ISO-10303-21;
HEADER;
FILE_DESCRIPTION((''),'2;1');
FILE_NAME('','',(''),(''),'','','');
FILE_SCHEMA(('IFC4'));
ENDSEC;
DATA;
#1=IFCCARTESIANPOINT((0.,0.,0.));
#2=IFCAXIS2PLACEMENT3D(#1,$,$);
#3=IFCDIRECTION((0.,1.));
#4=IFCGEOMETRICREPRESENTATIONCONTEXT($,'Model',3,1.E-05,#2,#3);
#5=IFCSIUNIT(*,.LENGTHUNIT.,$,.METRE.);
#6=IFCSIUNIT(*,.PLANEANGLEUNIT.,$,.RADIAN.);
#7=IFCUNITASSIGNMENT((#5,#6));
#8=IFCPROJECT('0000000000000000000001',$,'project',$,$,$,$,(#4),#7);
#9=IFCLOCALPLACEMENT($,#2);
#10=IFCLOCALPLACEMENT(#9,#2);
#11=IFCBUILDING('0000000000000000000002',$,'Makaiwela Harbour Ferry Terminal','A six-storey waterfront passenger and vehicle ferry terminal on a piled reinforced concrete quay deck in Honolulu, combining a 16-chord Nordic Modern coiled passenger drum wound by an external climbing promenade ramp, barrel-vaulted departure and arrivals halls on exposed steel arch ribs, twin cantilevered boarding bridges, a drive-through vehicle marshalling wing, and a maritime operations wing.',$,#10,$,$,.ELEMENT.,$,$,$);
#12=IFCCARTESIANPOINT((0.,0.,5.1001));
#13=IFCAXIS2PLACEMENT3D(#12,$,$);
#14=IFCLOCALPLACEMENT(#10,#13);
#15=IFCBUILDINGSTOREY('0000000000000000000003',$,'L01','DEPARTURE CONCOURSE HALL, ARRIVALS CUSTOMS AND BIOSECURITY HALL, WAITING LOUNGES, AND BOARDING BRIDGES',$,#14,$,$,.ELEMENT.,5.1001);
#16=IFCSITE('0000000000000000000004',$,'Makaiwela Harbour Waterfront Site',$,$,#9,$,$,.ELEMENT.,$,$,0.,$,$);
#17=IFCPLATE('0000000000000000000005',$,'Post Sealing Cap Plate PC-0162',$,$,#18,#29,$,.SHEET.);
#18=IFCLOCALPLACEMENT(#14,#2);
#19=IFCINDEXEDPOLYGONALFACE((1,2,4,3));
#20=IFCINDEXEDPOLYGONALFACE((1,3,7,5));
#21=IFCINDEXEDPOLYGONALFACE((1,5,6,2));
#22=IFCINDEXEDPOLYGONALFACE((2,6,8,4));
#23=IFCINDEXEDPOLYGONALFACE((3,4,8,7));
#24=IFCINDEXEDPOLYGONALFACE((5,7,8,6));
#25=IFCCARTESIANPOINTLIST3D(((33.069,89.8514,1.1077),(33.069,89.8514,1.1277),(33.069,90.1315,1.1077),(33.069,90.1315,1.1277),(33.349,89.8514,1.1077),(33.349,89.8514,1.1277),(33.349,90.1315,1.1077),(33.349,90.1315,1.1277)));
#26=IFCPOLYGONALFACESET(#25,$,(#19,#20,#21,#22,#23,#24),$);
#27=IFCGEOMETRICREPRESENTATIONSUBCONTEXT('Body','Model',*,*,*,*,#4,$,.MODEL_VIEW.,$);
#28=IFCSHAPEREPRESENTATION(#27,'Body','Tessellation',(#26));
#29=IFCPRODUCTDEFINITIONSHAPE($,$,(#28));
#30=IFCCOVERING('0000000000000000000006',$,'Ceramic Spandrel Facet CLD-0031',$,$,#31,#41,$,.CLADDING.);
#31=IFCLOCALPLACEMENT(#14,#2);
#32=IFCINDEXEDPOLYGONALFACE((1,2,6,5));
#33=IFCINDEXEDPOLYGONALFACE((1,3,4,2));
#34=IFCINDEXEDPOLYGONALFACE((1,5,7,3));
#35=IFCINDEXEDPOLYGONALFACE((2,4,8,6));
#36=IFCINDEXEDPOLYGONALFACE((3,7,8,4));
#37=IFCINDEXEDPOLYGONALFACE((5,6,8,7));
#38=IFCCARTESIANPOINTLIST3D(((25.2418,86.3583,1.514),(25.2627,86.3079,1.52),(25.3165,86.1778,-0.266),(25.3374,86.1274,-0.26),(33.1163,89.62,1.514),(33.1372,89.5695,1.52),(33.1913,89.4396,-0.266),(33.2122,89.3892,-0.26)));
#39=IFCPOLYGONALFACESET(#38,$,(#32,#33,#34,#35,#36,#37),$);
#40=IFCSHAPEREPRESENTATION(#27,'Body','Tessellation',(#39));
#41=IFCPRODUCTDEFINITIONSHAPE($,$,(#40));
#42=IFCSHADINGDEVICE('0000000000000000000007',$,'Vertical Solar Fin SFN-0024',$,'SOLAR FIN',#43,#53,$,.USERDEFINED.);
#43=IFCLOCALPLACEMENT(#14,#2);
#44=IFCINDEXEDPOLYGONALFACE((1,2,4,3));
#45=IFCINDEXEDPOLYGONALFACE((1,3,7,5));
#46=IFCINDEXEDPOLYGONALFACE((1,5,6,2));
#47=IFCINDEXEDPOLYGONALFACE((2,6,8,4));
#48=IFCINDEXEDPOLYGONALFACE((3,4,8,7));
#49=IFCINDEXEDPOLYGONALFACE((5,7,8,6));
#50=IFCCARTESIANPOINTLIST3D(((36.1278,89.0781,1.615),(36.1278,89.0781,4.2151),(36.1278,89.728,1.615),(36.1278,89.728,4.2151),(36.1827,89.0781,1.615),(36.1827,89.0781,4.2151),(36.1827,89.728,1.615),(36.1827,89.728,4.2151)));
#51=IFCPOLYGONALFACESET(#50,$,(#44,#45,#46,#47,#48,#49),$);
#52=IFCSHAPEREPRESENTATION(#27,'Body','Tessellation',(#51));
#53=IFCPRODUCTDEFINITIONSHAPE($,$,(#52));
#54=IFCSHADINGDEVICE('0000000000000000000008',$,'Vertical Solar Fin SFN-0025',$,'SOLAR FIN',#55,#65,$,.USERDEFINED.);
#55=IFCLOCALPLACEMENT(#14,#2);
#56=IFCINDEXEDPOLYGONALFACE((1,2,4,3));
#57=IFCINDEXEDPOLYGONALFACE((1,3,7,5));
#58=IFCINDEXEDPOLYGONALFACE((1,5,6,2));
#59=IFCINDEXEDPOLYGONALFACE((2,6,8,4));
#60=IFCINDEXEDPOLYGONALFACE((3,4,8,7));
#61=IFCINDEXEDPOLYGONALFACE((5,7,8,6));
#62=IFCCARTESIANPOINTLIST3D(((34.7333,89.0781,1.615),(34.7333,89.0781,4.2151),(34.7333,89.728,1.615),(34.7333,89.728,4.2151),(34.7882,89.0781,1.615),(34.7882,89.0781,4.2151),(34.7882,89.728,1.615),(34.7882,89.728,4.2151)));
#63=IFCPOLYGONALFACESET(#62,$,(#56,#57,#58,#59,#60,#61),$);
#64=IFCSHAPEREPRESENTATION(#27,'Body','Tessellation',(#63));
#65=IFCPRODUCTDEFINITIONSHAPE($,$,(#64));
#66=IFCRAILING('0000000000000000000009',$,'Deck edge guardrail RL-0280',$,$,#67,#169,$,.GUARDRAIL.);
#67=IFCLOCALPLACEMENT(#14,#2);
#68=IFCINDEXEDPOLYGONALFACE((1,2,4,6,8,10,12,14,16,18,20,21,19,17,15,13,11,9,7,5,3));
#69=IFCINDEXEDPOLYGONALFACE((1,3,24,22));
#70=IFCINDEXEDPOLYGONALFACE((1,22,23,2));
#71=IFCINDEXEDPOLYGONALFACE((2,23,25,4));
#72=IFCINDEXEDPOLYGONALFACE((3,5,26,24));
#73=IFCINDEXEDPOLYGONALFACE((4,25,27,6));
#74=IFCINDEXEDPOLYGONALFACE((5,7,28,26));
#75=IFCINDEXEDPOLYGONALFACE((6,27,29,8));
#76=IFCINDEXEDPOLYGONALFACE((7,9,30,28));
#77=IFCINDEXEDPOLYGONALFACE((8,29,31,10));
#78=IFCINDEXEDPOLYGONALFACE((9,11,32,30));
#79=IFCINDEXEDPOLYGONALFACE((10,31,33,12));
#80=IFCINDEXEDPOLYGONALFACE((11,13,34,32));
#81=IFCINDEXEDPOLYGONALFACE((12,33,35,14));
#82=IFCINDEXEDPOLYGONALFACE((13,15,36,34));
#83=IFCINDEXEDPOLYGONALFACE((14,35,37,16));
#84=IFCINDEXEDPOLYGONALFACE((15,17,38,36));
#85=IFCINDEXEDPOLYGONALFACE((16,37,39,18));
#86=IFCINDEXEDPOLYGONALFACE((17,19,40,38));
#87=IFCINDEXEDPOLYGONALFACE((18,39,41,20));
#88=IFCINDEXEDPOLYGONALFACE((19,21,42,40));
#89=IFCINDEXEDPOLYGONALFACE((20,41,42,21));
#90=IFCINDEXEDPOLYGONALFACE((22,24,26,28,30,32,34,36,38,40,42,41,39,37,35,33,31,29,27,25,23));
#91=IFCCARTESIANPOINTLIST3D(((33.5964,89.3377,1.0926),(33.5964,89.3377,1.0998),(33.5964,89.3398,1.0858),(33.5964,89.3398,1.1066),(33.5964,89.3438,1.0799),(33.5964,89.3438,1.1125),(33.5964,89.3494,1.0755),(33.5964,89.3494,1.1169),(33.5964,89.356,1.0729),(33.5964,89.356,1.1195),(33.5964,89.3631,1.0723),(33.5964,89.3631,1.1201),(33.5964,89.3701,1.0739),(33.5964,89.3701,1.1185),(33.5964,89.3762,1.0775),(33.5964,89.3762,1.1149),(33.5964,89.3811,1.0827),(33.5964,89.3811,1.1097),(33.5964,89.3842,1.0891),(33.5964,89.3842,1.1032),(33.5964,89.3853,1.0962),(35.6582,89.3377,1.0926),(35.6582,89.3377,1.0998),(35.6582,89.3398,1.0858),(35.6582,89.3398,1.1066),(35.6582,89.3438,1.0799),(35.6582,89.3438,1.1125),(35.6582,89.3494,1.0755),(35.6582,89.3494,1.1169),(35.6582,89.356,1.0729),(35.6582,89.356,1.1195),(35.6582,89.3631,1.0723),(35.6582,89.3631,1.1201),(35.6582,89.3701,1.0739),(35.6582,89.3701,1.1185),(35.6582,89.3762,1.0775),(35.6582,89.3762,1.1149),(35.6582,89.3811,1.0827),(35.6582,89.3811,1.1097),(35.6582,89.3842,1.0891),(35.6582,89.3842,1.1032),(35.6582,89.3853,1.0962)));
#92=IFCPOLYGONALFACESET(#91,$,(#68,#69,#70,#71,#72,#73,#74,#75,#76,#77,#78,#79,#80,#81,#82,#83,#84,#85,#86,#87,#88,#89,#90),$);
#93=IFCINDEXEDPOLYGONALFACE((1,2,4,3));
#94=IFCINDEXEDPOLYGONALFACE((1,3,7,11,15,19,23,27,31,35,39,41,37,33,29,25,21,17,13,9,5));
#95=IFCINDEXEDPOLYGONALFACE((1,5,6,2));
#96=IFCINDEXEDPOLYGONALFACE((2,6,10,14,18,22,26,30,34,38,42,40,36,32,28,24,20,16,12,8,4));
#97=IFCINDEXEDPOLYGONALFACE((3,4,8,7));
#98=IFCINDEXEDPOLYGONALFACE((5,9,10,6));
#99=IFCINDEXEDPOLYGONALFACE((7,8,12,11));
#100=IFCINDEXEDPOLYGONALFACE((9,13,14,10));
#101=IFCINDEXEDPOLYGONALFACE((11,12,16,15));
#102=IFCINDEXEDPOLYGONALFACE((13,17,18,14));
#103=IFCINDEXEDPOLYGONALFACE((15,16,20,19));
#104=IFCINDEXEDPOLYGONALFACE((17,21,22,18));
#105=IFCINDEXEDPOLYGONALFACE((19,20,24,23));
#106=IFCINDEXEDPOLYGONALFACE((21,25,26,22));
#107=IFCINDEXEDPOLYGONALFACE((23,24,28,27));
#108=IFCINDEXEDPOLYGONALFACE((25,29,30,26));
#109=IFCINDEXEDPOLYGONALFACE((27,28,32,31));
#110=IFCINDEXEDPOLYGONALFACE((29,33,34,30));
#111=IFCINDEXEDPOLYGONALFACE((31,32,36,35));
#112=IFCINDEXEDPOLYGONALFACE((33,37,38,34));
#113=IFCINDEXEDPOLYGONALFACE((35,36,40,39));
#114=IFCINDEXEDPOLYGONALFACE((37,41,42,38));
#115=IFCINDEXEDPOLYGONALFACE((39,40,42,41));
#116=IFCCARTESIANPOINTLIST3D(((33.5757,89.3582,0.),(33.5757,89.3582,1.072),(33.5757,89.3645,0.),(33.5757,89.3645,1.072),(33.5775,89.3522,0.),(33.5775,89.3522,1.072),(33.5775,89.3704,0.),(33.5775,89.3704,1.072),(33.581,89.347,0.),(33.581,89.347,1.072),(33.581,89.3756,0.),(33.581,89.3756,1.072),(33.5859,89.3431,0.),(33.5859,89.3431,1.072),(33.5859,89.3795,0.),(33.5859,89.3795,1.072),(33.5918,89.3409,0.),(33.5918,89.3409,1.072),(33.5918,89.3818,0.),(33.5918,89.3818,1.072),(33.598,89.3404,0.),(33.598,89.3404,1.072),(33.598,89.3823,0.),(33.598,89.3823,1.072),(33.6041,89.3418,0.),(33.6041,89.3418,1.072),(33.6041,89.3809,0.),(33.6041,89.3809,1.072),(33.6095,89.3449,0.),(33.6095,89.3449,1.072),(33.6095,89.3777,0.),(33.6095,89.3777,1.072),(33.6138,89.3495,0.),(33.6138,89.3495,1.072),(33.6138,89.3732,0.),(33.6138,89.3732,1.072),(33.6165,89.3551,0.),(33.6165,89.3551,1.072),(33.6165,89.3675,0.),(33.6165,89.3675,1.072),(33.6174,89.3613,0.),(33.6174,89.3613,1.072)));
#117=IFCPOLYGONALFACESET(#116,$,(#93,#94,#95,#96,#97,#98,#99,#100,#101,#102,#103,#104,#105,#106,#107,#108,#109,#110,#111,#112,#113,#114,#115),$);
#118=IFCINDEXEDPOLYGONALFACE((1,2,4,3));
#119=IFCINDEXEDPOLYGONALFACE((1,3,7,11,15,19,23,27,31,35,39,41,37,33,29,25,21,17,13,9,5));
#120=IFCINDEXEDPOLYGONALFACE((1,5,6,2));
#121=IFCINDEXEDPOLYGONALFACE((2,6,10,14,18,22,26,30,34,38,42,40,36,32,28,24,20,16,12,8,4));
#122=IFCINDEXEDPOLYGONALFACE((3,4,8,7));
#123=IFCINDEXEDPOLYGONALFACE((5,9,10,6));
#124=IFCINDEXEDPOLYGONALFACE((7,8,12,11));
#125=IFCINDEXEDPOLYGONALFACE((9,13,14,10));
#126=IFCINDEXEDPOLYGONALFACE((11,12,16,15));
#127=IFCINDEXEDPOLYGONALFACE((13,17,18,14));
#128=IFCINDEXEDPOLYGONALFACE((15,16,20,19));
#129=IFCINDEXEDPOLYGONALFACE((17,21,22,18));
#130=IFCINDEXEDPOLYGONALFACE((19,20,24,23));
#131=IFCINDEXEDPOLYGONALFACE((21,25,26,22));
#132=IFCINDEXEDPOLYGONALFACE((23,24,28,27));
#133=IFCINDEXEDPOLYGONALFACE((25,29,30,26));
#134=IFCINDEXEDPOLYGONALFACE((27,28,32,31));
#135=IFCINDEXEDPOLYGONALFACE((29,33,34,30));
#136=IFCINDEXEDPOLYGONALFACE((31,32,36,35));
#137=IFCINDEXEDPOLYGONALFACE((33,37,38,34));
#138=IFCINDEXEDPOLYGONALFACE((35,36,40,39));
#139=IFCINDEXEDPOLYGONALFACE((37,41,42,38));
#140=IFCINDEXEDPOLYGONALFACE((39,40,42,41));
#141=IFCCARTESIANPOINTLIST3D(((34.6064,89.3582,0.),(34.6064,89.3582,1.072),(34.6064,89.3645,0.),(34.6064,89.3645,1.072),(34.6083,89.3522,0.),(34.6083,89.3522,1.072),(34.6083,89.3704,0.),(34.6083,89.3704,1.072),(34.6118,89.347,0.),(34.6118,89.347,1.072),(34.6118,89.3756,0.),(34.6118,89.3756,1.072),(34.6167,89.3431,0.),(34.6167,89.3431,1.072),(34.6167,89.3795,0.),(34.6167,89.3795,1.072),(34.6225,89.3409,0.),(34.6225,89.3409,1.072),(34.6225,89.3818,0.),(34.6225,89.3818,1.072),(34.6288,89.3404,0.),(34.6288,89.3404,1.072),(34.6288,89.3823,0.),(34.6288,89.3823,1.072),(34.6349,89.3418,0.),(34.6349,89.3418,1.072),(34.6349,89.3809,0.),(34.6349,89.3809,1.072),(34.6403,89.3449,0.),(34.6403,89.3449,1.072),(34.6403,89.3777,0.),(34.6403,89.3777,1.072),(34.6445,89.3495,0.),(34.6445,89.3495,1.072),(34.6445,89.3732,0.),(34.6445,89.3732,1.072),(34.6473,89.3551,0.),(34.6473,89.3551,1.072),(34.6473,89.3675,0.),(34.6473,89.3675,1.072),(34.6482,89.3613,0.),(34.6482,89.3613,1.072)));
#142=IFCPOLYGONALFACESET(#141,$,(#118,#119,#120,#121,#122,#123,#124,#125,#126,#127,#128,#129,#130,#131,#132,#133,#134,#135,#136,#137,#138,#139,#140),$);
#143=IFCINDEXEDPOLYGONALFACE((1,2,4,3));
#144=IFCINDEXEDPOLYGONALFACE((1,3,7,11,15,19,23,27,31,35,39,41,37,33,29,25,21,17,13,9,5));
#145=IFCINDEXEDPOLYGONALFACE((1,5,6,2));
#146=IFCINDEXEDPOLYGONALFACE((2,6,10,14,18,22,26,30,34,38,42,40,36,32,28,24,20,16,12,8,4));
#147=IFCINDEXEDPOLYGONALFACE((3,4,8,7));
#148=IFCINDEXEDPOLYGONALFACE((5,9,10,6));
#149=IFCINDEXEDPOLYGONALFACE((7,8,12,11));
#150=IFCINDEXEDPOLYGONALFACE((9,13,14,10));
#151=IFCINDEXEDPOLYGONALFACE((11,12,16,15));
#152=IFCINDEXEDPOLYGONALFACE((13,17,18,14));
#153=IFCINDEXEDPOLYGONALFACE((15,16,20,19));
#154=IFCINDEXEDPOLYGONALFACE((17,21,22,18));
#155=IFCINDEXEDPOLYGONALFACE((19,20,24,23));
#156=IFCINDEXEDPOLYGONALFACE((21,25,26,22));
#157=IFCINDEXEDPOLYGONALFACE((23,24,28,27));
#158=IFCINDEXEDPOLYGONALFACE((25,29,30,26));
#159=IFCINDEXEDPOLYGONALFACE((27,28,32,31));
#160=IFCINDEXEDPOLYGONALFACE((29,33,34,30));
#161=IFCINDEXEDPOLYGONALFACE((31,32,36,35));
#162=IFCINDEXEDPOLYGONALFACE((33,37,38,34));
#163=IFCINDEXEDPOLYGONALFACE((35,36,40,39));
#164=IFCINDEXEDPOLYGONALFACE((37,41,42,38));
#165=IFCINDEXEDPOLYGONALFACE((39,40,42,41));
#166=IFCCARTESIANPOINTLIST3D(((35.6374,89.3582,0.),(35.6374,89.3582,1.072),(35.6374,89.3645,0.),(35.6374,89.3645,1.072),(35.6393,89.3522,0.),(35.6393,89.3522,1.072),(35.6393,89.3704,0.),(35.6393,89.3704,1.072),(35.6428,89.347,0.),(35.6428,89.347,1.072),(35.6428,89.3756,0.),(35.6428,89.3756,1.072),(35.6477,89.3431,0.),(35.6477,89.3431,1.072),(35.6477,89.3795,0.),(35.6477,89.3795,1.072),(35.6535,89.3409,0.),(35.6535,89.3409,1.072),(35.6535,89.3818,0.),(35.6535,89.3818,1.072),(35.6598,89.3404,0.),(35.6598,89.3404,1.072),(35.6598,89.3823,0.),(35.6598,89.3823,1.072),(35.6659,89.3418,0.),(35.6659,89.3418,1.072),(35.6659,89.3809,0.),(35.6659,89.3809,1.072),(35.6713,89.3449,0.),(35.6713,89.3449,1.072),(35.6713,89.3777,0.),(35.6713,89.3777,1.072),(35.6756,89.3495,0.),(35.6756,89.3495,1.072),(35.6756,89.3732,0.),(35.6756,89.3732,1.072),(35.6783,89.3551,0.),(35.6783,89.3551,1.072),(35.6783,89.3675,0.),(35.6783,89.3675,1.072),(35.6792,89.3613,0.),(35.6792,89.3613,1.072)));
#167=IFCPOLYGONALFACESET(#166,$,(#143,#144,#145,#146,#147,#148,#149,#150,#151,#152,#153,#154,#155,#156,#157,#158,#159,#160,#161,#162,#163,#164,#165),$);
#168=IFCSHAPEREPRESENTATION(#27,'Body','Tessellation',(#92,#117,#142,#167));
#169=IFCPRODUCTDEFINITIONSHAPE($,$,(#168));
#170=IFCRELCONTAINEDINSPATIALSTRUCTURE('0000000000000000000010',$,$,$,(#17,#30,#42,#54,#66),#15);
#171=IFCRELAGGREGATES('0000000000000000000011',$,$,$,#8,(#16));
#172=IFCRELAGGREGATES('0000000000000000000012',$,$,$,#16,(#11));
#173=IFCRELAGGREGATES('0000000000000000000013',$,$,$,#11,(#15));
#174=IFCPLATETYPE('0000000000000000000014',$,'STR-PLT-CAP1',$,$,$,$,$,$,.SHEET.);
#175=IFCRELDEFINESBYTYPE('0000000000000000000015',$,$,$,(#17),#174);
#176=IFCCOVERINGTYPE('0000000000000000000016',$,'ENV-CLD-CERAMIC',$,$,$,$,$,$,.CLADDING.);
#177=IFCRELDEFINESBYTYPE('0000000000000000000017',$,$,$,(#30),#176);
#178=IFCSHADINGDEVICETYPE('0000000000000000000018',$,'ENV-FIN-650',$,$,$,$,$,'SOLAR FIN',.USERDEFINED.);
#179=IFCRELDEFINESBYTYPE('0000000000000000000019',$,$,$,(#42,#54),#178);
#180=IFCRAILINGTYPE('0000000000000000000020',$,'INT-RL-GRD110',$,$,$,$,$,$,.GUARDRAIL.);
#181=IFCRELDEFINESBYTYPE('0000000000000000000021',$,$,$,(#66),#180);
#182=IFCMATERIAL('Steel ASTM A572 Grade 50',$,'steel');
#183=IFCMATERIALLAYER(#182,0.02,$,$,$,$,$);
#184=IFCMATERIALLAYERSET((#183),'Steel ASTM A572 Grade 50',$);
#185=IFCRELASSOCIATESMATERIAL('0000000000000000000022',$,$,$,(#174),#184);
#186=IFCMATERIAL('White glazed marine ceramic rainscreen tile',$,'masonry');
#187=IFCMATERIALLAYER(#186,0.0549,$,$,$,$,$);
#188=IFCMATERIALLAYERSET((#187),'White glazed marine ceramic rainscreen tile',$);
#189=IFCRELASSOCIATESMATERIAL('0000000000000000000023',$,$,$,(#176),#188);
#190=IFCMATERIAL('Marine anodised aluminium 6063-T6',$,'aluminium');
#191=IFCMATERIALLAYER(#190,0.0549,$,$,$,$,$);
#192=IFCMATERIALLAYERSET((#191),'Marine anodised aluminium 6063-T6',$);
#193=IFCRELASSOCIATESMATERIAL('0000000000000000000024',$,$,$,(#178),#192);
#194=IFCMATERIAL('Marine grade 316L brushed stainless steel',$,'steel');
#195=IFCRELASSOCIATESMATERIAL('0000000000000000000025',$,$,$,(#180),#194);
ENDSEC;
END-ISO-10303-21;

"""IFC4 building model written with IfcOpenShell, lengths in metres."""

from ifc_helpers import new_model, si_unit, direction, frame, origin, origin_2d, place, context, subcontext, project, spatial, polyline, rectangle, circle, outline, extrude, material, layer, layer_set, type_object, element, save


model = new_model("IFC4")

# Units and contexts
model_context = context("Model", 3, precision=1e-05, world=origin(), true_north=direction((0.0, 1.0)))
body_context = subcontext(model_context, "Body", "Model", "MODEL_VIEW")
ifc_project = project(units=[si_unit("LENGTHUNIT", "METRE"), si_unit("PLANEANGLEUNIT", "RADIAN")], contexts=[model_context])

# Site, building, storey
site_placement = place(None, origin())
site = spatial("IfcSite", under=ifc_project, at=site_placement, Name="Makaiwela Harbour Waterfront Site", CompositionType="ELEMENT", RefElevation=0.0)
building_placement = place(site_placement, origin())
building = spatial("IfcBuilding", under=site, at=building_placement, Name="Makaiwela Harbour Ferry Terminal", Description="A six-storey waterfront passenger and vehicle ferry terminal on a piled reinforced concrete quay deck in Honolulu, combining a 16-chord Nordic Modern coiled passenger drum wound by an external climbing promenade ramp, barrel-vaulted departure and arrivals halls on exposed steel arch ribs, twin cantilevered boarding bridges, a drive-through vehicle marshalling wing, and a maritime operations wing.", CompositionType="ELEMENT")
storey_placement = place(building_placement, frame((0.0, 0.0, 5.1001)))
storey = spatial("IfcBuildingStorey", under=building, at=storey_placement, Name="L01", Description="DEPARTURE CONCOURSE HALL, ARRIVALS CUSTOMS AND BIOSECURITY HALL, WAITING LOUNGES, AND BOARDING BRIDGES", CompositionType="ELEMENT", Elevation=5.1001)

# Shared definitions
ifc_material_1 = material(Name="Marine anodised aluminium 6063-T6", Category="aluminium")

# Plate
ifc_material_2 = material(Name="Steel ASTM A572 Grade 50", Category="steel")
ifc_layer_1 = layer(ifc_material_2, 0.02)
ifc_layer_set_1 = layer_set([ifc_layer_1], Name="Steel ASTM A572 Grade 50")
plate_type_1 = type_object("IfcPlateType", Name="STR-PLT-CAP1", PredefinedType="SHEET", material=ifc_layer_set_1)
for number, where, z_axis, x_axis, name in (
    (1, (33.209, 89.9915, 1.1077), (0.0, 0.0, 1.0), (1.0, 0.0, 0.0), "Post Sealing Cap Plate PC-0162"),
):
    element("IfcPlate", number, at=place(storey_placement, frame(where, z_axis=z_axis, x_axis=x_axis)), inside=storey, type_object=plate_type_1, Name=name, PredefinedType="SHEET", context=body_context, shape_type="SweptSolid", body=[
        extrude(rectangle(XDim=0.28, YDim=0.28, at=origin_2d()), origin(), (0.0, 0.0, 1.0), 0.02),
    ])

# Covering
ifc_material_3 = material(Name="White glazed marine ceramic rainscreen tile", Category="masonry")
ifc_layer_2 = layer(ifc_material_3, 0.0549)
ifc_layer_set_2 = layer_set([ifc_layer_2], Name="White glazed marine ceramic rainscreen tile")
covering_type = type_object("IfcCoveringType", Name="ENV-CLD-CERAMIC", PredefinedType="CLADDING", material=ifc_layer_set_2)
covering_placement = place(storey_placement, frame((33.2122, 89.3892, -0.26), z_axis=(0.380394, -0.91837, 0.109075), x_axis=(-0.923882, -0.382677, 0.000001)))
element("IfcCovering", 2, at=covering_placement, inside=storey, type_object=covering_type, Name="Ceramic Spandrel Facet CLD-0031", PredefinedType="CLADDING", context=body_context, shape_type="SweptSolid", body=[
    extrude(outline(polyline([(0.0, 0.0), (8.5235, 0.0), (8.5235, -1.7907), (0.0002, -1.7907), (0.0, 0.0)])), origin(), (0.0, 0.0, -1.0), 0.0549),
])

# Shading devices
ifc_layer_3 = layer(ifc_material_1, 0.0549)
ifc_layer_set_3 = layer_set([ifc_layer_3], Name="Marine anodised aluminium 6063-T6")
shading_device_type = type_object("IfcShadingDeviceType", Name="ENV-FIN-650", ElementType="SOLAR FIN", PredefinedType="USERDEFINED", material=ifc_layer_set_3)
for number, where, z_axis, x_axis, name in (
    (3, (36.1553, 89.4031, 1.615), (0.0, 0.0, 1.0), (0.0, 1.0, 0.0), "Vertical Solar Fin SFN-0024"),
    (4, (34.7607, 89.4031, 1.615), (0.0, 0.0, 1.0), (0.0, 1.0, 0.0), "Vertical Solar Fin SFN-0025"),
):
    element("IfcShadingDevice", number, at=place(storey_placement, frame(where, z_axis=z_axis, x_axis=x_axis)), inside=storey, type_object=shading_device_type, Name=name, ObjectType="SOLAR FIN", PredefinedType="USERDEFINED", context=body_context, shape_type="SweptSolid", body=[
        extrude(rectangle(XDim=0.6499, YDim=0.0549, at=origin_2d()), origin(), (0.0, 0.0, 1.0), 2.6001),
    ])

# Railing
ifc_material_4 = material(Name="Marine grade 316L brushed stainless steel", Category="steel")
railing_type = type_object("IfcRailingType", Name="INT-RL-GRD110", PredefinedType="GUARDRAIL", material=ifc_material_4)
railing_1_placement = place(storey_placement, frame((33.5964, 89.3613, 0.0)))
element("IfcRailing", 5, at=railing_1_placement, inside=storey, type_object=railing_type, Name="Deck edge guardrail RL-0280", PredefinedType="GUARDRAIL", context=body_context, shape_type="SweptSolid", body=[
    extrude(circle(Radius=0.0239, at=origin_2d()), frame((0.0, 0.0, 1.0962), z_axis=(1.0, 0.0, 0.0), x_axis=(0.0, 1.0, 0.0)), (0.0, 0.0, 1.0), 2.0618),
    extrude(circle(Radius=0.021, at=origin_2d()), origin(), (0.0, 0.0, 1.0), 1.072),
    extrude(circle(Radius=0.021, at=origin_2d()), frame((1.0308, 0.0, 0.0)), (0.0, 0.0, 1.0), 1.072),
    extrude(circle(Radius=0.021, at=origin_2d()), frame((2.0618, 0.0, 0.0)), (0.0, 0.0, 1.0), 1.072),
])

save(model, "model.ifc")
